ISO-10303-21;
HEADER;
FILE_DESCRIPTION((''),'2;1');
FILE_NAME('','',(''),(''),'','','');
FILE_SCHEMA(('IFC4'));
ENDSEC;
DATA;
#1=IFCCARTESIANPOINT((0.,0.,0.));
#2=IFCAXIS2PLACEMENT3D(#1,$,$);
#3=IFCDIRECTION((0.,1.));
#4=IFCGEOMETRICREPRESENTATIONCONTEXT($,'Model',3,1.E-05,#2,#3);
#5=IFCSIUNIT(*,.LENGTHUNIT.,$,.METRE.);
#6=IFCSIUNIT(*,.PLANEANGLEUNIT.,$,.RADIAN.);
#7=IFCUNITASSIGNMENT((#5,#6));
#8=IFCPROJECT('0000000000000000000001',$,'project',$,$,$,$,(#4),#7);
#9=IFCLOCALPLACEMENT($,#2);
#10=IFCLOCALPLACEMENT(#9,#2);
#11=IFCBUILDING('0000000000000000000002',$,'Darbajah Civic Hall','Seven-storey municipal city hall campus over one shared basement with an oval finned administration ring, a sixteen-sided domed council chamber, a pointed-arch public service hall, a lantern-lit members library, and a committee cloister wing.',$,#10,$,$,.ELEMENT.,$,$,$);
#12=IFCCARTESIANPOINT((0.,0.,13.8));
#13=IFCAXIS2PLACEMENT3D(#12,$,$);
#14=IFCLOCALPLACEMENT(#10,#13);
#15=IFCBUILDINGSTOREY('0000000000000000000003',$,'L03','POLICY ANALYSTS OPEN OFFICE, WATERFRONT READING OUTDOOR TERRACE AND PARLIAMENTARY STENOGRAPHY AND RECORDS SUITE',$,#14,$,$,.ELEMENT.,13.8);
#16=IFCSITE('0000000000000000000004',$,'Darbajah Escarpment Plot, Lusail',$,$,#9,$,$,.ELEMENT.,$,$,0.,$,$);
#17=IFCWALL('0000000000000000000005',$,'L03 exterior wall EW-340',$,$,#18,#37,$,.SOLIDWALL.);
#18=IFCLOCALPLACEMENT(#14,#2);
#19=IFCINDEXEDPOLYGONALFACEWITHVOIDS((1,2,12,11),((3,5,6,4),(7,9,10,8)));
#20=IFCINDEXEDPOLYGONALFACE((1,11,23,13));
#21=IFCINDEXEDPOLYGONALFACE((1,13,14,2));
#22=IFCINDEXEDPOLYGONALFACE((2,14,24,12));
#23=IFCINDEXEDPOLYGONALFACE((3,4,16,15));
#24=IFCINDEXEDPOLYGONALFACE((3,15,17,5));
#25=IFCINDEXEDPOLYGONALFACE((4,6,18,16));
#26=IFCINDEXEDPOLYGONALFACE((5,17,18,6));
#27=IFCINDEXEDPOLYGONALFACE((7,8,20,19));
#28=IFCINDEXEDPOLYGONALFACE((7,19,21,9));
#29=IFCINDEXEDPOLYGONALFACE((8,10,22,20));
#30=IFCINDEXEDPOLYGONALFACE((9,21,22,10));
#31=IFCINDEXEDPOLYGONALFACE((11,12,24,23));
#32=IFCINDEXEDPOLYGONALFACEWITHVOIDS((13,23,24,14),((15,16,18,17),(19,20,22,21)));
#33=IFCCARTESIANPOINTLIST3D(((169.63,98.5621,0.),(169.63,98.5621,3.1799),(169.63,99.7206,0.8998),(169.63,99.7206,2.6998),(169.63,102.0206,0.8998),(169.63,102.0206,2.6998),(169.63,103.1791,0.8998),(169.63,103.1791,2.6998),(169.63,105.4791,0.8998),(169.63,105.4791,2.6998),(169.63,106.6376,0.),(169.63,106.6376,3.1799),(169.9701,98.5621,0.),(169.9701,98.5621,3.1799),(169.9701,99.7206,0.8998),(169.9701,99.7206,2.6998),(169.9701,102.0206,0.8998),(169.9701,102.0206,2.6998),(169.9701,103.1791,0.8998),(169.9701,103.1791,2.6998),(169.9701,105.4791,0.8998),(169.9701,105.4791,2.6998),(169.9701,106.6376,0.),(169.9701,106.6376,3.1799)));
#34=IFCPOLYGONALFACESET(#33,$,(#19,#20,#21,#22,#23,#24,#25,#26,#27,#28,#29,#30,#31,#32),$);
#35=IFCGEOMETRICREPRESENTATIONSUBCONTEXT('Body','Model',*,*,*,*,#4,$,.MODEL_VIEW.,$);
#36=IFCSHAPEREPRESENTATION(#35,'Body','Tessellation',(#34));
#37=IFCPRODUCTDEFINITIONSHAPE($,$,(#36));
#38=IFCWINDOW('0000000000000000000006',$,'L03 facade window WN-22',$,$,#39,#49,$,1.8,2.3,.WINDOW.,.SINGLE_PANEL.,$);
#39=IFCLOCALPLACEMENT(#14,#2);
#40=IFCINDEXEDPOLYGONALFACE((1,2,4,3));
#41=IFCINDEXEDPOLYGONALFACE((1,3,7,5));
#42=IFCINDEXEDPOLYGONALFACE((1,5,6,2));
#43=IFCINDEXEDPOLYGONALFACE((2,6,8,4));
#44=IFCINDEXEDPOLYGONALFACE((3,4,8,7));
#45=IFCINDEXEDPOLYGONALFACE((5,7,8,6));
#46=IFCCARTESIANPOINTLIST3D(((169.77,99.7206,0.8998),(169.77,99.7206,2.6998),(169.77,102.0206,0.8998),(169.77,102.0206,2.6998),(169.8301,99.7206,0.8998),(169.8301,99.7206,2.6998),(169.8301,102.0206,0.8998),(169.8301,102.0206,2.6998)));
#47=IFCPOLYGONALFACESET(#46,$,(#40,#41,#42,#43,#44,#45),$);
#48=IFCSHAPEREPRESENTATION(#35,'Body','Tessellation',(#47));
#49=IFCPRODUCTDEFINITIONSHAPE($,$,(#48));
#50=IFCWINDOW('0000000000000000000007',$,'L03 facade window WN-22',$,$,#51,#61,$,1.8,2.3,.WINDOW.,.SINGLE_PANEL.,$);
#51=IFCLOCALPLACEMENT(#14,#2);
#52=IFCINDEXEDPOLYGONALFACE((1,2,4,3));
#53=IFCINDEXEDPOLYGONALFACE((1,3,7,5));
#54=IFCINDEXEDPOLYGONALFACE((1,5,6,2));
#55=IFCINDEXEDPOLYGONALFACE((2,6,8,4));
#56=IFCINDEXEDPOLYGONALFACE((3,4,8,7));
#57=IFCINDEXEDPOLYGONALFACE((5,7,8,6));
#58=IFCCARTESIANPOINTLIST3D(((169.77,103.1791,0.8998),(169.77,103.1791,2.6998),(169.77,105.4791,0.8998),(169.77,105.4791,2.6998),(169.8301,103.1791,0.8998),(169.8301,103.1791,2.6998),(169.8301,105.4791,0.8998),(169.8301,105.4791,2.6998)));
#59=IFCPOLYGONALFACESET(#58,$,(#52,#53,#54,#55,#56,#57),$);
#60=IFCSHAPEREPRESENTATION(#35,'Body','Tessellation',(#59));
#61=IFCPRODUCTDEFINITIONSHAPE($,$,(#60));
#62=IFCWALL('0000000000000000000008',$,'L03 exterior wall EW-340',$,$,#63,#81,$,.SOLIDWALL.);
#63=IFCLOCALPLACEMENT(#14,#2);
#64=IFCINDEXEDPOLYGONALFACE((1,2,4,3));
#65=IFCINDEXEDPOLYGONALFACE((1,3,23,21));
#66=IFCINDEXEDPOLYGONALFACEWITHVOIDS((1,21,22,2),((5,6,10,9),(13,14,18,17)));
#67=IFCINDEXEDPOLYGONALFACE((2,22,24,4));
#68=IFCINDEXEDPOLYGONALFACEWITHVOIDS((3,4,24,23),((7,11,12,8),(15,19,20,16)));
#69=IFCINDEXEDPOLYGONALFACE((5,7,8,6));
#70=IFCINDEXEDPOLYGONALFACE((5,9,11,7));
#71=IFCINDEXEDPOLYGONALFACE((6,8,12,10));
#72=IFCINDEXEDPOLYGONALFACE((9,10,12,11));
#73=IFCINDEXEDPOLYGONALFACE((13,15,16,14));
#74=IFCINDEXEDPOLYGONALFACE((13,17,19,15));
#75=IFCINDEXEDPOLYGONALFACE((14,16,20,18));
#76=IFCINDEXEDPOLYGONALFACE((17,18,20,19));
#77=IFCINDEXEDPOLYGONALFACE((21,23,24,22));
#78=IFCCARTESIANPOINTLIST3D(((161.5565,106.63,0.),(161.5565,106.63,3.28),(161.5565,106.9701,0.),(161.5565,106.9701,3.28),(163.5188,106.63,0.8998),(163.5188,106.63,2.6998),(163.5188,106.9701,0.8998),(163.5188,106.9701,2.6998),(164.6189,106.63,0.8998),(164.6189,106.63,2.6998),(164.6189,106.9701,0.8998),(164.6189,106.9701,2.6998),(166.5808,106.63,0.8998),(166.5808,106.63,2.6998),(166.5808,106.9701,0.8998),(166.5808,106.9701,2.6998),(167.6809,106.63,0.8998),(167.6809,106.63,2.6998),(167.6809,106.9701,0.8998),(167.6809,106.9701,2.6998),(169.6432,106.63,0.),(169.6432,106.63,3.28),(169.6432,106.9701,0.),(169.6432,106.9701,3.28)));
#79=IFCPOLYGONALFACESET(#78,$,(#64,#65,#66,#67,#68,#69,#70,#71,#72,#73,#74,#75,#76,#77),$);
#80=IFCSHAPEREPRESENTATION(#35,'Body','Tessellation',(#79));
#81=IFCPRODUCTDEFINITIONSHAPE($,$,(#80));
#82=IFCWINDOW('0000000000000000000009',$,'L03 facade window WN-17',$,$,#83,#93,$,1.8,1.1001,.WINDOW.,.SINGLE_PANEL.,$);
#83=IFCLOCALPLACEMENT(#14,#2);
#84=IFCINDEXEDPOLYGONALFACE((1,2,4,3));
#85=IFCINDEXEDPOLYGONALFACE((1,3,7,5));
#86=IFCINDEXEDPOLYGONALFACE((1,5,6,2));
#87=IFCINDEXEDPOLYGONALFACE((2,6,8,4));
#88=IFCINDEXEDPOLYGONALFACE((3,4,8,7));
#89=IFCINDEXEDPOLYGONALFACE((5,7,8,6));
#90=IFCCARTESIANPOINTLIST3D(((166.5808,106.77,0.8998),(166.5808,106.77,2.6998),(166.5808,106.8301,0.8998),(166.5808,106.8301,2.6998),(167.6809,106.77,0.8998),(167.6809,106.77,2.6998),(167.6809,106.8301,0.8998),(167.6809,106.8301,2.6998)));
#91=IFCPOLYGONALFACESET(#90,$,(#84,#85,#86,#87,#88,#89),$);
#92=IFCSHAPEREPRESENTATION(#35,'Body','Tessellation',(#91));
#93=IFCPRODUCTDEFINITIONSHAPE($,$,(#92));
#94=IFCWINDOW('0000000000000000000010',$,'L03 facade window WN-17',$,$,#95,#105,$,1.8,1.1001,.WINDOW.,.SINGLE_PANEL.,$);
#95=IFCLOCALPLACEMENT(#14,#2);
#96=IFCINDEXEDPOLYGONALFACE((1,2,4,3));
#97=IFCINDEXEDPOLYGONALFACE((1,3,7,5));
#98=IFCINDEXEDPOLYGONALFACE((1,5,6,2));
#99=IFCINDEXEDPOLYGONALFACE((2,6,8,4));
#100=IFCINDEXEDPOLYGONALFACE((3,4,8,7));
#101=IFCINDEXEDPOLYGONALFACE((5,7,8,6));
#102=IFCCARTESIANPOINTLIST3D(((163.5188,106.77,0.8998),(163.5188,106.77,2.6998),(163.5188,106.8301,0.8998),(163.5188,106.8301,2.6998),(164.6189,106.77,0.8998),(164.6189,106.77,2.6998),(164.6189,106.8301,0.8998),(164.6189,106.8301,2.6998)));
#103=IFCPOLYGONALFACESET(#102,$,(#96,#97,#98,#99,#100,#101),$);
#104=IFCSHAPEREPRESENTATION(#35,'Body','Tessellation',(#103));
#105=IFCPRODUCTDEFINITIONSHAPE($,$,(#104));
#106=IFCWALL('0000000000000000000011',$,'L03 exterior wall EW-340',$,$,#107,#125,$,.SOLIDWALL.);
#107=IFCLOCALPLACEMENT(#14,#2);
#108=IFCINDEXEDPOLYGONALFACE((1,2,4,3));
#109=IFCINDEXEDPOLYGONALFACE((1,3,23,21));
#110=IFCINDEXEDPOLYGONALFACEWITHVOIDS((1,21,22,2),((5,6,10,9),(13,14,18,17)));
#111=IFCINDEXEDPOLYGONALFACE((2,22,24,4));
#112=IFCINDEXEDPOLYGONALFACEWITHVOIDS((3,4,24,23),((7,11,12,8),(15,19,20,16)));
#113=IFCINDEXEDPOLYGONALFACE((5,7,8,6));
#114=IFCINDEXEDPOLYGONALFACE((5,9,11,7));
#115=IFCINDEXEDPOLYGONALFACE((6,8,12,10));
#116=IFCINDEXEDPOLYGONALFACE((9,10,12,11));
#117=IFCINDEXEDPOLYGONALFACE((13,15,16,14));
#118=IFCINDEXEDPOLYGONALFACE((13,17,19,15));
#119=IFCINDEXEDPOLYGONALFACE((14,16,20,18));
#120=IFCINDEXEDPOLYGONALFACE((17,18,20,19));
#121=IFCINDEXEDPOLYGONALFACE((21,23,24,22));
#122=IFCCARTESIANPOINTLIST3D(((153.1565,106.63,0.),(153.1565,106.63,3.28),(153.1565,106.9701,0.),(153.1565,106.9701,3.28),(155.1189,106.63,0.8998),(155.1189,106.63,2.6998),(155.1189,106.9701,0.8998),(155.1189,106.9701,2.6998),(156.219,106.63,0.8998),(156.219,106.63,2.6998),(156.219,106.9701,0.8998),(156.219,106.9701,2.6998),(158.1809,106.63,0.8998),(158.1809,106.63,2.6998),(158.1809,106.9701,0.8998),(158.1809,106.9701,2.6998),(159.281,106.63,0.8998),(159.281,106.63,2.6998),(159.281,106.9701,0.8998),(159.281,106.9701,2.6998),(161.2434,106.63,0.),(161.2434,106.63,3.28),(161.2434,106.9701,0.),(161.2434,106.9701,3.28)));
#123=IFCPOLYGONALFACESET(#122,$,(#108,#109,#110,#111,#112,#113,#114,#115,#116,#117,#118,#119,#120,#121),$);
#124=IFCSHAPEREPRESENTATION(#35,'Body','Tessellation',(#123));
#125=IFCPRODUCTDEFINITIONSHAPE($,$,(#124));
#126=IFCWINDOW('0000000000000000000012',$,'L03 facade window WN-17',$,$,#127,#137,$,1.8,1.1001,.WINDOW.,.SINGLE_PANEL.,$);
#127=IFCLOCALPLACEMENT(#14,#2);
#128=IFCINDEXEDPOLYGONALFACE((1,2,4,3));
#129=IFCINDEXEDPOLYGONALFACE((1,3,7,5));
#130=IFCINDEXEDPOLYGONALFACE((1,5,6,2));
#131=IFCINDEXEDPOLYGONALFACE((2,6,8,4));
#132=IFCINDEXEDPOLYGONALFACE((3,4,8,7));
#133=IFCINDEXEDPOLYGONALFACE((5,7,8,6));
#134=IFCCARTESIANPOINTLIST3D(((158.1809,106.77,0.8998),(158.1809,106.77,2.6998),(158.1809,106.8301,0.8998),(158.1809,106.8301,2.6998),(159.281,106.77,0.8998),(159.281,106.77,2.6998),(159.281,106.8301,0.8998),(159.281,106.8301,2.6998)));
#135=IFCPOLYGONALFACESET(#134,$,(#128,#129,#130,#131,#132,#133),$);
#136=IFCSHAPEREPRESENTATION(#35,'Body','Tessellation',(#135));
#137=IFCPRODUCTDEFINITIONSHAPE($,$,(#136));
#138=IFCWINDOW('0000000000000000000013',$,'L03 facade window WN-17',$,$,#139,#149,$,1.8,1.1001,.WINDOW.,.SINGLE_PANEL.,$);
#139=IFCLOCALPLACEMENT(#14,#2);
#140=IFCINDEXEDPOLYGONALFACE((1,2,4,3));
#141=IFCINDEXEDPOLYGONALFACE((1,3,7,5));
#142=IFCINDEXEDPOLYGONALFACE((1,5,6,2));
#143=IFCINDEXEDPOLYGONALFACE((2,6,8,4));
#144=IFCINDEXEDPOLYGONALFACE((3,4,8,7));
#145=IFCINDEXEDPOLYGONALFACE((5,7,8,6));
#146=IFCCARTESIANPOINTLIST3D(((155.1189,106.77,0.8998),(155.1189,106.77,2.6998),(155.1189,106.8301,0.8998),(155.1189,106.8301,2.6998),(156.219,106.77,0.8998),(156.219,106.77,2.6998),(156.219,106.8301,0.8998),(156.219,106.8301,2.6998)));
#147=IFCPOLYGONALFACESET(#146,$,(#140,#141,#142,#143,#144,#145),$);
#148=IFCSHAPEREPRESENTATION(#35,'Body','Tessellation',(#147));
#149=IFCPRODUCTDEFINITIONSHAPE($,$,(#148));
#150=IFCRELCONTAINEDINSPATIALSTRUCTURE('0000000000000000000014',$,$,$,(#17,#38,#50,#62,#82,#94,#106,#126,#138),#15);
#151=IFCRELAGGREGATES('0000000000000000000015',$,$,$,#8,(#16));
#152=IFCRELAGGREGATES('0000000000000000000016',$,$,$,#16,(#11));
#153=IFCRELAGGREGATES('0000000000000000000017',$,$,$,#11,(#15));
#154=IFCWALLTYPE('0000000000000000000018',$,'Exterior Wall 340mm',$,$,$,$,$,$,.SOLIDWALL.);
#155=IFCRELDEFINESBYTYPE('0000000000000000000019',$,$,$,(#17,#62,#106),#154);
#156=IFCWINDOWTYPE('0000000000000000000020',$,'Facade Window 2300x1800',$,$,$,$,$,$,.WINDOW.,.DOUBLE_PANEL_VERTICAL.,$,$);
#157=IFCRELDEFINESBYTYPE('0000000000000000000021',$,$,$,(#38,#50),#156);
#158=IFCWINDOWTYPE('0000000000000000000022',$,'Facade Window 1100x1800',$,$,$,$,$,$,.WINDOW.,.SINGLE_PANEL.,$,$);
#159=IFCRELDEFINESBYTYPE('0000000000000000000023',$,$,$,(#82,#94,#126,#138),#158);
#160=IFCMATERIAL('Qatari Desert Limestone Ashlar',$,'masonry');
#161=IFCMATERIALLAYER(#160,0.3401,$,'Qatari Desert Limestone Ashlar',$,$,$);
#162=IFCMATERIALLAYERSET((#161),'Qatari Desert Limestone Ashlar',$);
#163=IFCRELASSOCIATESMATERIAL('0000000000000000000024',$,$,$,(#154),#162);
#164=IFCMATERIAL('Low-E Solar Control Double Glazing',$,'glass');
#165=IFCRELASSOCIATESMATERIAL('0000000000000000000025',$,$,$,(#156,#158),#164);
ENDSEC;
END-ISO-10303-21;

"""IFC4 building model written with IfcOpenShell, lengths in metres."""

from ifc_helpers import new_model, si_unit, direction, frame, frame_2d, origin, place, context, subcontext, project, spatial, rectangle, extrude, material, layer, layer_set, type_object, element, fill, save


model = new_model("IFC4")

# Units and contexts
model_context = context("Model", 3, precision=1e-05, world=origin(), true_north=direction((0.0, 1.0)))
body_context = subcontext(model_context, "Body", "Model", "MODEL_VIEW")
ifc_project = project(units=[si_unit("LENGTHUNIT", "METRE"), si_unit("PLANEANGLEUNIT", "RADIAN")], contexts=[model_context])

# Site, building, storey
site_placement = place(None, origin())
site = spatial("IfcSite", under=ifc_project, at=site_placement, Name="Darbajah Escarpment Plot, Lusail", CompositionType="ELEMENT", RefElevation=0.0)
building_placement = place(site_placement, origin())
building = spatial("IfcBuilding", under=site, at=building_placement, Name="Darbajah Civic Hall", Description="Seven-storey municipal city hall campus over one shared basement with an oval finned administration ring, a sixteen-sided domed council chamber, a pointed-arch public service hall, a lantern-lit members library, and a committee cloister wing.", CompositionType="ELEMENT")
storey_placement = place(building_placement, frame((0.0, 0.0, 13.8)))
storey = spatial("IfcBuildingStorey", under=building, at=storey_placement, Name="L03", Description="POLICY ANALYSTS OPEN OFFICE, WATERFRONT READING OUTDOOR TERRACE AND PARLIAMENTARY STENOGRAPHY AND RECORDS SUITE", CompositionType="ELEMENT", Elevation=13.8)

# Walls, openings, windows
ifc_material_1 = material(Name="Qatari Desert Limestone Ashlar", Category="masonry")
ifc_layer = layer(ifc_material_1, 0.3401, Name="Qatari Desert Limestone Ashlar")
ifc_layer_set = layer_set([ifc_layer], Name="Qatari Desert Limestone Ashlar")
wall_type = type_object("IfcWallType", Name="Exterior Wall 340mm", PredefinedType="SOLIDWALL", material=ifc_layer_set)
wall_1_placement = place(storey_placement, frame((169.8, 98.5623, 0.0), z_axis=(0.0, 0.0, 1.0), x_axis=(0.0, 1.0, 0.0)))
wall_1 = element("IfcWall", 1, at=wall_1_placement, inside=storey, type_object=wall_type, Name="L03 exterior wall EW-340", PredefinedType="SOLIDWALL", context=body_context, shape_type="SweptSolid", body=[
    extrude(rectangle(XDim=8.0754, YDim=0.3401, at=frame_2d((4.0376, 0.0))), origin(), (0.0, 0.0, 1.0), 3.1799),
])
opening_1_placement = place(wall_1_placement, frame((1.1584, 0.0, 0.8999)))
opening_1 = element("IfcOpeningElement", 2, at=opening_1_placement, cuts=wall_1, PredefinedType="OPENING", context=body_context, shape_type="SweptSolid", body=[
    extrude(rectangle(XDim=2.3, YDim=1.8, at=frame_2d((1.1499, 0.8999))), frame((0.0, 0.1799, 0.0), z_axis=(0.0, -1.0, 0.0), x_axis=(1.0, 0.0, 0.0)), (0.0, 0.0, 1.0), 0.3601),
])
opening_2_placement = place(wall_1_placement, frame((4.6169, 0.0, 0.8999)))
opening_2 = element("IfcOpeningElement", 3, at=opening_2_placement, cuts=wall_1, PredefinedType="OPENING", context=body_context, shape_type="SweptSolid", body=[
    extrude(rectangle(XDim=2.3, YDim=1.8, at=frame_2d((1.1499, 0.8999))), frame((0.0, 0.1799, 0.0), z_axis=(0.0, -1.0, 0.0), x_axis=(1.0, 0.0, 0.0)), (0.0, 0.0, 1.0), 0.3601),
])
ifc_material_2 = material(Name="Low-E Solar Control Double Glazing", Category="glass")
window_type_1 = type_object("IfcWindowType", Name="Facade Window 2300x1800", PartitioningType="DOUBLE_PANEL_VERTICAL", PredefinedType="WINDOW", material=ifc_material_2)
window_1_placement = place(opening_1_placement, origin())
window_1 = element("IfcWindow", 4, at=window_1_placement, inside=storey, type_object=window_type_1, Name="L03 facade window WN-22", OverallHeight=1.8, OverallWidth=2.3, PartitioningType="SINGLE_PANEL", PredefinedType="WINDOW", context=body_context, shape_type="SweptSolid", body=[
    extrude(rectangle(XDim=2.3, YDim=1.8, at=frame_2d((1.1499, 0.8999))), frame((0.0, 0.03, 0.0), z_axis=(0.0, -1.0, 0.0), x_axis=(1.0, 0.0, 0.0)), (0.0, 0.0, 1.0), 0.0601),
])
fill(opening_1, window_1)
window_2_placement = place(opening_2_placement, origin())
window_2 = element("IfcWindow", 5, at=window_2_placement, inside=storey, type_object=window_type_1, Name="L03 facade window WN-22", OverallHeight=1.8, OverallWidth=2.3, PartitioningType="SINGLE_PANEL", PredefinedType="WINDOW", context=body_context, shape_type="SweptSolid", body=[
    extrude(rectangle(XDim=2.3, YDim=1.8, at=frame_2d((1.1499, 0.8999))), frame((0.0, 0.03, 0.0), z_axis=(0.0, -1.0, 0.0), x_axis=(1.0, 0.0, 0.0)), (0.0, 0.0, 1.0), 0.0601),
])
fill(opening_2, window_2)
wall_2_placement = place(storey_placement, frame((169.6433, 106.8, 0.0), z_axis=(0.0, 0.0, 1.0), x_axis=(-1.0, 0.0, 0.0)))
wall_2 = element("IfcWall", 6, at=wall_2_placement, inside=storey, type_object=wall_type, Name="L03 exterior wall EW-340", PredefinedType="SOLIDWALL", context=body_context, shape_type="SweptSolid", body=[
    extrude(rectangle(XDim=8.0867, YDim=0.3401, at=frame_2d((4.0435, 0.0))), origin(), (0.0, 0.0, 1.0), 3.28),
])
opening_3_placement = place(wall_2_placement, frame((1.9624, 0.0, 0.8999)))
opening_3 = element("IfcOpeningElement", 7, at=opening_3_placement, cuts=wall_2, PredefinedType="OPENING", context=body_context, shape_type="SweptSolid", body=[
    extrude(rectangle(XDim=1.1001, YDim=1.8, at=frame_2d((0.55, 0.8999))), frame((0.0, 0.1799, 0.0), z_axis=(0.0, -1.0, 0.0), x_axis=(1.0, 0.0, 0.0)), (0.0, 0.0, 1.0), 0.3601),
])
opening_4_placement = place(wall_2_placement, frame((5.0244, 0.0, 0.8999)))
opening_4 = element("IfcOpeningElement", 8, at=opening_4_placement, cuts=wall_2, PredefinedType="OPENING", context=body_context, shape_type="SweptSolid", body=[
    extrude(rectangle(XDim=1.1001, YDim=1.8, at=frame_2d((0.55, 0.8999))), frame((0.0, 0.1799, 0.0), z_axis=(0.0, -1.0, 0.0), x_axis=(1.0, 0.0, 0.0)), (0.0, 0.0, 1.0), 0.3601),
])
window_type_2 = type_object("IfcWindowType", Name="Facade Window 1100x1800", PartitioningType="SINGLE_PANEL", PredefinedType="WINDOW", material=ifc_material_2)
window_3_placement = place(opening_3_placement, origin())
window_3 = element("IfcWindow", 9, at=window_3_placement, inside=storey, type_object=window_type_2, Name="L03 facade window WN-17", OverallHeight=1.8, OverallWidth=1.1001, PartitioningType="SINGLE_PANEL", PredefinedType="WINDOW", context=body_context, shape_type="SweptSolid", body=[
    extrude(rectangle(XDim=1.1001, YDim=1.8, at=frame_2d((0.55, 0.8999))), frame((0.0, 0.03, 0.0), z_axis=(0.0, -1.0, 0.0), x_axis=(1.0, 0.0, 0.0)), (0.0, 0.0, 1.0), 0.0601),
])
fill(opening_3, window_3)
window_4_placement = place(opening_4_placement, origin())
window_4 = element("IfcWindow", 10, at=window_4_placement, inside=storey, type_object=window_type_2, Name="L03 facade window WN-17", OverallHeight=1.8, OverallWidth=1.1001, PartitioningType="SINGLE_PANEL", PredefinedType="WINDOW", context=body_context, shape_type="SweptSolid", body=[
    extrude(rectangle(XDim=1.1001, YDim=1.8, at=frame_2d((0.55, 0.8999))), frame((0.0, 0.03, 0.0), z_axis=(0.0, -1.0, 0.0), x_axis=(1.0, 0.0, 0.0)), (0.0, 0.0, 1.0), 0.0601),
])
fill(opening_4, window_4)
wall_3_placement = place(storey_placement, frame((161.2434, 106.8, 0.0), z_axis=(0.0, 0.0, 1.0), x_axis=(-1.0, 0.0, 0.0)))
wall_3 = element("IfcWall", 11, at=wall_3_placement, inside=storey, type_object=wall_type, Name="L03 exterior wall EW-340", PredefinedType="SOLIDWALL", context=body_context, shape_type="SweptSolid", body=[
    extrude(rectangle(XDim=8.0869, YDim=0.3401, at=frame_2d((4.0435, 0.0))), origin(), (0.0, 0.0, 1.0), 3.28),
])
opening_5_placement = place(wall_3_placement, frame((1.9624, 0.0, 0.8999)))
opening_5 = element("IfcOpeningElement", 12, at=opening_5_placement, cuts=wall_3, PredefinedType="OPENING", context=body_context, shape_type="SweptSolid", body=[
    extrude(rectangle(XDim=1.1001, YDim=1.8, at=frame_2d((0.55, 0.8999))), frame((0.0, 0.1799, 0.0), z_axis=(0.0, -1.0, 0.0), x_axis=(1.0, 0.0, 0.0)), (0.0, 0.0, 1.0), 0.3601),
])
opening_6_placement = place(wall_3_placement, frame((5.0244, 0.0, 0.8999)))
opening_6 = element("IfcOpeningElement", 13, at=opening_6_placement, cuts=wall_3, PredefinedType="OPENING", context=body_context, shape_type="SweptSolid", body=[
    extrude(rectangle(XDim=1.1001, YDim=1.8, at=frame_2d((0.55, 0.8999))), frame((0.0, 0.1799, 0.0), z_axis=(0.0, -1.0, 0.0), x_axis=(1.0, 0.0, 0.0)), (0.0, 0.0, 1.0), 0.3601),
])
window_5_placement = place(opening_5_placement, origin())
window_5 = element("IfcWindow", 14, at=window_5_placement, inside=storey, type_object=window_type_2, Name="L03 facade window WN-17", OverallHeight=1.8, OverallWidth=1.1001, PartitioningType="SINGLE_PANEL", PredefinedType="WINDOW", context=body_context, shape_type="SweptSolid", body=[
    extrude(rectangle(XDim=1.1001, YDim=1.8, at=frame_2d((0.55, 0.8999))), frame((0.0, 0.03, 0.0), z_axis=(0.0, -1.0, 0.0), x_axis=(1.0, 0.0, 0.0)), (0.0, 0.0, 1.0), 0.0601),
])
fill(opening_5, window_5)
window_6_placement = place(opening_6_placement, origin())
window_6 = element("IfcWindow", 15, at=window_6_placement, inside=storey, type_object=window_type_2, Name="L03 facade window WN-17", OverallHeight=1.8, OverallWidth=1.1001, PartitioningType="SINGLE_PANEL", PredefinedType="WINDOW", context=body_context, shape_type="SweptSolid", body=[
    extrude(rectangle(XDim=1.1001, YDim=1.8, at=frame_2d((0.55, 0.8999))), frame((0.0, 0.03, 0.0), z_axis=(0.0, -1.0, 0.0), x_axis=(1.0, 0.0, 0.0)), (0.0, 0.0, 1.0), 0.0601),
])
fill(opening_6, window_6)

save(model, "model.ifc")
